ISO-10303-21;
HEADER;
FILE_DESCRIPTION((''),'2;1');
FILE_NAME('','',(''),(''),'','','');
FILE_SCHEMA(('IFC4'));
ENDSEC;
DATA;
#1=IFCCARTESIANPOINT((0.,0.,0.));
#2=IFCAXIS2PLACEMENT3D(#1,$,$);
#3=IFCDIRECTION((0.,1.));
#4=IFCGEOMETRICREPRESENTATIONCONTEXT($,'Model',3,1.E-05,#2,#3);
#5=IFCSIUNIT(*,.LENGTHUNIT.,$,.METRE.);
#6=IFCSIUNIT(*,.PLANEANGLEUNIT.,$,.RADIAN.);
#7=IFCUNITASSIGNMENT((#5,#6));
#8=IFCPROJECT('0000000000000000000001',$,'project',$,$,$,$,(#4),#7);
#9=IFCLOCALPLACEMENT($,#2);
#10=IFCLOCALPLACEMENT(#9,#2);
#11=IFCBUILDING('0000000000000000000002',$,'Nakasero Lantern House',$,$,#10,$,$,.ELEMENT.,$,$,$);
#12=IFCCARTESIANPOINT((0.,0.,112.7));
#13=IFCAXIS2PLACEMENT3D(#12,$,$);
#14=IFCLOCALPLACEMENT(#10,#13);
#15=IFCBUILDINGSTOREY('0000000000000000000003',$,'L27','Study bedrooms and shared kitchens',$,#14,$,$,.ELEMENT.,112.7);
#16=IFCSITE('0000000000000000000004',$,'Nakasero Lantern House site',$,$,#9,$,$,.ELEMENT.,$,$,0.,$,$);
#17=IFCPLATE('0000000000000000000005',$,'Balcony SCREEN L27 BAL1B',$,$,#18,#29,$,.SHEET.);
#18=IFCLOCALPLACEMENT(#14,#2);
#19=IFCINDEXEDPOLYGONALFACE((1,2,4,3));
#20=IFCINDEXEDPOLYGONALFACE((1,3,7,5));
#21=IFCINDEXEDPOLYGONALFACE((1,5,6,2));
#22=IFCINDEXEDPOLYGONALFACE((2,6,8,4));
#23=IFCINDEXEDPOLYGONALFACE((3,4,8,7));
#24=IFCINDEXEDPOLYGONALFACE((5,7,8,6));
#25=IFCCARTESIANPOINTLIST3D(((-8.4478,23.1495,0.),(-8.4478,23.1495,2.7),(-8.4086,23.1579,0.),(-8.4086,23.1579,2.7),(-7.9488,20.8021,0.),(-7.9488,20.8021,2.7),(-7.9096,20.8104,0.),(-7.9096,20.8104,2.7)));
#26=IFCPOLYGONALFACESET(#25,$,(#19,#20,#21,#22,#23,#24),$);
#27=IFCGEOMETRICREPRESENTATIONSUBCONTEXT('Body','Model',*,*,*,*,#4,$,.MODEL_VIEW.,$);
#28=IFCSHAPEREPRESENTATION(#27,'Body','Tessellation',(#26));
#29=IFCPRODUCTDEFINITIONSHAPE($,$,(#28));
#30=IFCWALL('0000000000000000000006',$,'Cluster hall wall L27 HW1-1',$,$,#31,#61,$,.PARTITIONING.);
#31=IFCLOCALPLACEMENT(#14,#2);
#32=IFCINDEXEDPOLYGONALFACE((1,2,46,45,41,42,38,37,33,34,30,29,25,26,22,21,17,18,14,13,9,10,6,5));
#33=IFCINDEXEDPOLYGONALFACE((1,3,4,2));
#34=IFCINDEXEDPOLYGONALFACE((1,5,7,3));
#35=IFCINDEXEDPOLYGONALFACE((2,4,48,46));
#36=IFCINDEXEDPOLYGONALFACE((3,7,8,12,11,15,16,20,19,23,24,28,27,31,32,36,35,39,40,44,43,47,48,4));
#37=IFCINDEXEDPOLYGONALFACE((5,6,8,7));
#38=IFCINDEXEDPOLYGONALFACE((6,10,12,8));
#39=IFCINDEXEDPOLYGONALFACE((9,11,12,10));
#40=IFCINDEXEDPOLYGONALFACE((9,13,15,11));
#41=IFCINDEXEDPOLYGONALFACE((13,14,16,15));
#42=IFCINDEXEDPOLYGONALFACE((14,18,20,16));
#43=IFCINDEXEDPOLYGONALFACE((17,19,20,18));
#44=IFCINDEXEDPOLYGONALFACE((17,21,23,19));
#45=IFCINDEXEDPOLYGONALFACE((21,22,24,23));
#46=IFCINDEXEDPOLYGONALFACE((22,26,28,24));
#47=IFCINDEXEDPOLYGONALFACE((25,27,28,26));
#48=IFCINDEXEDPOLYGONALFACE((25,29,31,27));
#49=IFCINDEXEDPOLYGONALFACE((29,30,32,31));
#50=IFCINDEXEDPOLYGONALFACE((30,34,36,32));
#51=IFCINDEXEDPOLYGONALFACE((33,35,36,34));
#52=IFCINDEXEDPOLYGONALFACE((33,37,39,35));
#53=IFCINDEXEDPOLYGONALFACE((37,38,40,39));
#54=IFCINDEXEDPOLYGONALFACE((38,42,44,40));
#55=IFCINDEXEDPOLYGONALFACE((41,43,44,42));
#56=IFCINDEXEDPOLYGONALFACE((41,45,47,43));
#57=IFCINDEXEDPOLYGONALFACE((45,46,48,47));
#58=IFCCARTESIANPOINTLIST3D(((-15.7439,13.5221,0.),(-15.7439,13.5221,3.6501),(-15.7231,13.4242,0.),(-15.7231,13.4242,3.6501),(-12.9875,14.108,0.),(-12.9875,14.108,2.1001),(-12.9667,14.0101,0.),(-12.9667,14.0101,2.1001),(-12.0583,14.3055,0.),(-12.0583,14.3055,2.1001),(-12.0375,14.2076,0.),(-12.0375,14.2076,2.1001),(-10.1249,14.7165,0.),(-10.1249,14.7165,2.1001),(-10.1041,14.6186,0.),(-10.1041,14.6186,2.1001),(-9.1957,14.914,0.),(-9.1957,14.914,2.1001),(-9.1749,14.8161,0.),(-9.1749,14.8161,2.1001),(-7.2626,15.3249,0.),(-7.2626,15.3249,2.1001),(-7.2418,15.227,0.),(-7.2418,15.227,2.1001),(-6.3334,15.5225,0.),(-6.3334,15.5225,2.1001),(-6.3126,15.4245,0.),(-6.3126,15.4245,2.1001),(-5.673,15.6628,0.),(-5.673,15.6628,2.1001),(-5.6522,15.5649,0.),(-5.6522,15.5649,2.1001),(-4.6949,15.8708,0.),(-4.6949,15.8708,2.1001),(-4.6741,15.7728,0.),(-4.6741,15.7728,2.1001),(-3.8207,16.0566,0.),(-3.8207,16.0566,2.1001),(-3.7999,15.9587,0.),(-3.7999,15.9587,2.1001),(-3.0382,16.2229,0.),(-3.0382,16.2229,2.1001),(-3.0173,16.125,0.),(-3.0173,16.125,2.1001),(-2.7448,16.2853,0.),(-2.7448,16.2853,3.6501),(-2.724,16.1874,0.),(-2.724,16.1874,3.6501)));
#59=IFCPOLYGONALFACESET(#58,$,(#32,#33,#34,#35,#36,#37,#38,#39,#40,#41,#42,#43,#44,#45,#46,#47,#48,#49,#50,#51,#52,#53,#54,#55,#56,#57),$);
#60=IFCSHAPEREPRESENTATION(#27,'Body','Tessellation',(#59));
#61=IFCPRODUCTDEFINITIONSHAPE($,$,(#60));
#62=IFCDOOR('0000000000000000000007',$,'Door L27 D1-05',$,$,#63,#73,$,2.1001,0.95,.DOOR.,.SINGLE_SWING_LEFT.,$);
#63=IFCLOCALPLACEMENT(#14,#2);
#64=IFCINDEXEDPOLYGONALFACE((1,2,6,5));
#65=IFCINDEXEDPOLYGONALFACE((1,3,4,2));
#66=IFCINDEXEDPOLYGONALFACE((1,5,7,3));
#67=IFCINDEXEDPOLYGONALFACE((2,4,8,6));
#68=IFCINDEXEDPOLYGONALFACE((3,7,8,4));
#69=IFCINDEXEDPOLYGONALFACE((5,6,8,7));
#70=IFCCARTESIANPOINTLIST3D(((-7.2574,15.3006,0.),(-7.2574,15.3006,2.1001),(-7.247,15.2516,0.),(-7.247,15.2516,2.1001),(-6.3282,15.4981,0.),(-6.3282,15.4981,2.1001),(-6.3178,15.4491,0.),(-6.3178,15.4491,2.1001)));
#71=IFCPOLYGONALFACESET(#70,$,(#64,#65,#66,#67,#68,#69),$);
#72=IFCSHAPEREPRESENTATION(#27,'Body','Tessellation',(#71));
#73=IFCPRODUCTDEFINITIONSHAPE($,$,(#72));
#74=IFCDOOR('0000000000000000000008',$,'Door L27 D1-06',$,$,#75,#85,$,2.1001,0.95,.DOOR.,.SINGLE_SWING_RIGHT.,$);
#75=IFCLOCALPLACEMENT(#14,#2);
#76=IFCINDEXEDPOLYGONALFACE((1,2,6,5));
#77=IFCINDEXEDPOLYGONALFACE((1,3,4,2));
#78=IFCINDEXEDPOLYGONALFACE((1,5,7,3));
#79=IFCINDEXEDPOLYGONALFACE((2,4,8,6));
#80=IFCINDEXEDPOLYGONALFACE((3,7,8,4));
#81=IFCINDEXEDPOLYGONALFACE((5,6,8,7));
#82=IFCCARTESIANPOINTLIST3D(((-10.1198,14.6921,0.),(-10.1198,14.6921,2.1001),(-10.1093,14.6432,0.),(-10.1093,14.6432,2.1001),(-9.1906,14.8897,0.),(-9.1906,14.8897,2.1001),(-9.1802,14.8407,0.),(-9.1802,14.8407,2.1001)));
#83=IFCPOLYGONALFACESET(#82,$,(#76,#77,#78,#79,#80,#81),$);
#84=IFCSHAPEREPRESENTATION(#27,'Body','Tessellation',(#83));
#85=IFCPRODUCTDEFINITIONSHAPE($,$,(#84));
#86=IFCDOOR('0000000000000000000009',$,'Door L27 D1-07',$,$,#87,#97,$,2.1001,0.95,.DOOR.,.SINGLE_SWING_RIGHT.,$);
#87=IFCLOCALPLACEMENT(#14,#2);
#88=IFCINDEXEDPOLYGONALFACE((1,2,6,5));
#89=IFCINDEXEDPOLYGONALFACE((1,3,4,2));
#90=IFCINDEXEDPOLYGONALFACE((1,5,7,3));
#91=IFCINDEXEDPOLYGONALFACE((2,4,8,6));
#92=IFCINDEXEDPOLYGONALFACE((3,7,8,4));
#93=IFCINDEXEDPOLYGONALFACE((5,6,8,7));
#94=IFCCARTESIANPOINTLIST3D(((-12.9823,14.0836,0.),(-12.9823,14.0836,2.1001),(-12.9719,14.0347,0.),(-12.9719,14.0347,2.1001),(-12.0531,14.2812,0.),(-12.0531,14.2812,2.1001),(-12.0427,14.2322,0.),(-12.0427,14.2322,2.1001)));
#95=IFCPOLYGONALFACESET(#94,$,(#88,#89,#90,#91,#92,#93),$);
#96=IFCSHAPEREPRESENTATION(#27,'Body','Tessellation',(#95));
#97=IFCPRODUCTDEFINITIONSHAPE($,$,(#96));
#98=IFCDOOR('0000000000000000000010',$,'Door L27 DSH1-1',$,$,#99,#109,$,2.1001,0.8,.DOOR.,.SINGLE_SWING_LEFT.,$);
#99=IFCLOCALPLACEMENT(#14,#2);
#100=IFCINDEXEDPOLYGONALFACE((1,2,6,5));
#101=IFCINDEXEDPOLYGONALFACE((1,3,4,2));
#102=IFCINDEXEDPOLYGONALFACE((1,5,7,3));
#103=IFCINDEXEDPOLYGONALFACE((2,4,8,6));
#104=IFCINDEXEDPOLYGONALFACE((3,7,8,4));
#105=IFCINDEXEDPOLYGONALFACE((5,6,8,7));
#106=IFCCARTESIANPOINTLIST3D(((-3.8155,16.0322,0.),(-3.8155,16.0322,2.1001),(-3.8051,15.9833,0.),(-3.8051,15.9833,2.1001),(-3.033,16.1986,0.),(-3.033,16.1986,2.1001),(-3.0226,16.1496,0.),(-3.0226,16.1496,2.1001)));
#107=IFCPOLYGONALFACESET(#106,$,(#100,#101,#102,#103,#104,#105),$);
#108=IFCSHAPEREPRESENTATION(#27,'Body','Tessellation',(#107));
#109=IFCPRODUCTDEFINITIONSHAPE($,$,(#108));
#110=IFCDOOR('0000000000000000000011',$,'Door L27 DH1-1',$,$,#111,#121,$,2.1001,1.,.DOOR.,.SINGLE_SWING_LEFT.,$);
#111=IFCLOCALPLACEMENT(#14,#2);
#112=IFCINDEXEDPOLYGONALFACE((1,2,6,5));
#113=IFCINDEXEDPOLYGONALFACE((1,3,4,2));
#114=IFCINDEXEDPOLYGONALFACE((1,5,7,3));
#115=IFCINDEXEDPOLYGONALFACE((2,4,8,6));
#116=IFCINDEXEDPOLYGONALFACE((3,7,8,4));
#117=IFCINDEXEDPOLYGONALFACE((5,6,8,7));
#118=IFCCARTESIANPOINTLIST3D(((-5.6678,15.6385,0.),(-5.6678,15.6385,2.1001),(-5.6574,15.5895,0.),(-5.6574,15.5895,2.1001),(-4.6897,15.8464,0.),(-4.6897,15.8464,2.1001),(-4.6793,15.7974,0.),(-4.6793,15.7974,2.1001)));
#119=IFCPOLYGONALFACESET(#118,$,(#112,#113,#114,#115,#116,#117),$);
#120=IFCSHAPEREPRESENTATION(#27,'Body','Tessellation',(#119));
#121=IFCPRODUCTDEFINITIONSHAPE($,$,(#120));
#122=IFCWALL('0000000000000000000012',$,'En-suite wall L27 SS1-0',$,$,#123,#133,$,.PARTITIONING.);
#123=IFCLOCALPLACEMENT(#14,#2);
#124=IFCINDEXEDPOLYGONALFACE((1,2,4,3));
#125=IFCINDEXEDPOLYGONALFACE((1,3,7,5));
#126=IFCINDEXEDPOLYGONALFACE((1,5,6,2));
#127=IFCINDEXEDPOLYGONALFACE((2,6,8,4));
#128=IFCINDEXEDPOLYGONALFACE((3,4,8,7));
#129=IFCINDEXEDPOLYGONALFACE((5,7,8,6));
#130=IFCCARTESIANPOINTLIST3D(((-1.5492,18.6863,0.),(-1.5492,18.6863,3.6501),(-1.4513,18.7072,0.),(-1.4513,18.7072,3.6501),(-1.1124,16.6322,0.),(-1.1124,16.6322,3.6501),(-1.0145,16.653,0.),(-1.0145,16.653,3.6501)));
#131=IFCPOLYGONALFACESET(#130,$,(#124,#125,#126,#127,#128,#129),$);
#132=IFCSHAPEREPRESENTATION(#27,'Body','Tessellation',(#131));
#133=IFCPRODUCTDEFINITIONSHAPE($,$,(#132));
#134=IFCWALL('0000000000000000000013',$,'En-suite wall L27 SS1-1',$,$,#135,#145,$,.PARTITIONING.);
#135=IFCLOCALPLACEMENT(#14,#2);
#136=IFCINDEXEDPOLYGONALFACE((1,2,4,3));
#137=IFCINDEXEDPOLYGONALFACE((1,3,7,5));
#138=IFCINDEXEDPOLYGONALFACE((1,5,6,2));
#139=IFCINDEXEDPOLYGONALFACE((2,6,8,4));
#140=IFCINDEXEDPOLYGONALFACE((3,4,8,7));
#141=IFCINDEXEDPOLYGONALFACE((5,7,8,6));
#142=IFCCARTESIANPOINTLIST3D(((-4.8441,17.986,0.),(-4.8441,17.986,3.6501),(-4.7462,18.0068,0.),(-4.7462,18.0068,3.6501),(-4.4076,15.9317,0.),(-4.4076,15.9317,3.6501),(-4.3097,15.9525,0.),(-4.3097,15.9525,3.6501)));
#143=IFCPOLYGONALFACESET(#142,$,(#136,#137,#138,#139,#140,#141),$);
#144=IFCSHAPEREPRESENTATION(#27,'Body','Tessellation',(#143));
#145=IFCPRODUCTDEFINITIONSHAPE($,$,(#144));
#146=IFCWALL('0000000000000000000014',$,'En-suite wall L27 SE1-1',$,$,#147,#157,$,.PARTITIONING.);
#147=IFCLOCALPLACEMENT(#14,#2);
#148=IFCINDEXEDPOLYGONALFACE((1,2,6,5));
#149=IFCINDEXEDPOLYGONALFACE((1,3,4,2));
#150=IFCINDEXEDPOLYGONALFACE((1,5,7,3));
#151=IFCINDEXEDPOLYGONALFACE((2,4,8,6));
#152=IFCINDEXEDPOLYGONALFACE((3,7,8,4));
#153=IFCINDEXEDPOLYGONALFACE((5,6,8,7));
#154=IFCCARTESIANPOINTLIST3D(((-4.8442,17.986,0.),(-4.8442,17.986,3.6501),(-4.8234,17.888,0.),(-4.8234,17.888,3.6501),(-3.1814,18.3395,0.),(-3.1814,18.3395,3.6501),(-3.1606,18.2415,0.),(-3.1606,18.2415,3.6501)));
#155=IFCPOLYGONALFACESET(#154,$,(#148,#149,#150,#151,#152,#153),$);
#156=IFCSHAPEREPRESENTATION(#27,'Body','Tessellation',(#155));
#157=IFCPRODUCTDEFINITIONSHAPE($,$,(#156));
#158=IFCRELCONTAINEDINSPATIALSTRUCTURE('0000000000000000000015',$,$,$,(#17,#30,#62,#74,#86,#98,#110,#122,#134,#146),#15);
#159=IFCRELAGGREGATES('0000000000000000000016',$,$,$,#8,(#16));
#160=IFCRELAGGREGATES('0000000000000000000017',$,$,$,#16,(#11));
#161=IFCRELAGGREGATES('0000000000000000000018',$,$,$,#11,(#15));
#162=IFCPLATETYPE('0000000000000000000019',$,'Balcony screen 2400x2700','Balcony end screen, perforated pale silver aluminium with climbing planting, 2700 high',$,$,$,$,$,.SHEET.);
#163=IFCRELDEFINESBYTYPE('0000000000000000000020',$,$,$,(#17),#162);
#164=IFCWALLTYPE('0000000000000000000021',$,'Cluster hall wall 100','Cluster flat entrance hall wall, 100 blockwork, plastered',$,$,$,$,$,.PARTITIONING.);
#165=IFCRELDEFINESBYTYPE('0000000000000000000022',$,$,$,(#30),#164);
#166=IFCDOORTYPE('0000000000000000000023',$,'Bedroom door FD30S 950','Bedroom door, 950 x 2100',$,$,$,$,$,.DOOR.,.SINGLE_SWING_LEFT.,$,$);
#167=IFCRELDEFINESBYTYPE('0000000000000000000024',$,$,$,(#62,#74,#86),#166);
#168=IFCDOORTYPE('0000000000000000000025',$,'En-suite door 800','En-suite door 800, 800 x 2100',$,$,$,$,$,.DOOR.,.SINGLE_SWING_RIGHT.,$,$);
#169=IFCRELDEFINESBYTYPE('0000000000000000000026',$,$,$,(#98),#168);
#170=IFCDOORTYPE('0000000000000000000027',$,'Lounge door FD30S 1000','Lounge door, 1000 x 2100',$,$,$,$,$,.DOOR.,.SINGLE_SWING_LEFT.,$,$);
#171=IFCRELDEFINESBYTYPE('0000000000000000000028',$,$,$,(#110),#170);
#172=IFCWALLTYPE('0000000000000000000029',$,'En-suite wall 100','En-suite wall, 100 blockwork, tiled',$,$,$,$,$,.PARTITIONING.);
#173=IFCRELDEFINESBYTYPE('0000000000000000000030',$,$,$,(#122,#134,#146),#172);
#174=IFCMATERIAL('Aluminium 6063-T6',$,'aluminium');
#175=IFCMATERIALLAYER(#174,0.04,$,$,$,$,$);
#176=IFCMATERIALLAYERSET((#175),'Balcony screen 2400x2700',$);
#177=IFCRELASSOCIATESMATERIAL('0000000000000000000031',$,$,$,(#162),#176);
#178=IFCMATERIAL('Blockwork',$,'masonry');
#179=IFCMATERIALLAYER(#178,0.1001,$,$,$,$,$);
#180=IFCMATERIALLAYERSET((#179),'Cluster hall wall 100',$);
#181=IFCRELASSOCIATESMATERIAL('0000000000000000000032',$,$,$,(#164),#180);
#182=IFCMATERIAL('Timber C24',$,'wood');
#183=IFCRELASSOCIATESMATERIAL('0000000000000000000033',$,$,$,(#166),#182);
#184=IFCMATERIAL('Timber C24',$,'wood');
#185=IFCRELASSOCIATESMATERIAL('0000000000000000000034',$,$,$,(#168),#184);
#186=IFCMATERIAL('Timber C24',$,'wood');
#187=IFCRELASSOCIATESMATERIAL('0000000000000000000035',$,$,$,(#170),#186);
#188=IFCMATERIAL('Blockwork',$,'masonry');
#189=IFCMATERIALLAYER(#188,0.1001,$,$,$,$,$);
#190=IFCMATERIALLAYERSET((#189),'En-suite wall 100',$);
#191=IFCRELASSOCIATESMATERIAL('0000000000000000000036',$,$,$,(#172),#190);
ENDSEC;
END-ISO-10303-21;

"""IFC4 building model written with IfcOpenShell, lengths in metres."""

from ifc_helpers import new_model, si_unit, direction, frame, frame_2d, origin, origin_2d, place, context, subcontext, project, spatial, rectangle, extrude, material, layer, layer_set, type_object, element, fill, save


model = new_model("IFC4")

# Units and contexts
model_context = context("Model", 3, precision=1e-05, world=origin(), true_north=direction((0.0, 1.0)))
body_context = subcontext(model_context, "Body", "Model", "MODEL_VIEW")
ifc_project = project(units=[si_unit("LENGTHUNIT", "METRE"), si_unit("PLANEANGLEUNIT", "RADIAN")], contexts=[model_context])

# Site, building, storey
site_placement = place(None, origin())
site = spatial("IfcSite", under=ifc_project, at=site_placement, Name="Nakasero Lantern House site", CompositionType="ELEMENT", RefElevation=0.0)
building_placement = place(site_placement, origin())
building = spatial("IfcBuilding", under=site, at=building_placement, Name="Nakasero Lantern House", CompositionType="ELEMENT")
storey_placement = place(building_placement, frame((0.0, 0.0, 112.7)))
storey = spatial("IfcBuildingStorey", under=building, at=storey_placement, Name="L27", Description="Study bedrooms and shared kitchens", CompositionType="ELEMENT", Elevation=112.7)

# Plate
ifc_material_1 = material(Name="Aluminium 6063-T6", Category="aluminium")
ifc_layer_1 = layer(ifc_material_1, 0.04)
ifc_layer_set_1 = layer_set([ifc_layer_1], Name="Balcony screen 2400x2700")
plate_type_1 = type_object("IfcPlateType", Name="Balcony screen 2400x2700", Description="Balcony end screen, perforated pale silver aluminium with climbing planting, 2700 high", PredefinedType="SHEET", material=ifc_layer_set_1)
for number, where, z_axis, x_axis, name in (
    (1, (-8.1787, 21.98, 0.0), (0.0, 0.0, 1.0), (-0.207912, 0.978148, 0.0), "Balcony SCREEN L27 BAL1B"),
):
    element("IfcPlate", number, at=place(storey_placement, frame(where, z_axis=z_axis, x_axis=x_axis)), inside=storey, type_object=plate_type_1, Name=name, PredefinedType="SHEET", context=body_context, shape_type="SweptSolid", body=[
        extrude(rectangle(XDim=2.3999, YDim=0.04, at=origin_2d()), origin(), (0.0, 0.0, 1.0), 2.7),
    ])

# Wall, openings, doors
ifc_material_2 = material(Name="Blockwork", Category="masonry")
ifc_layer_2 = layer(ifc_material_2, 0.1001)
ifc_layer_set_2 = layer_set([ifc_layer_2], Name="Cluster hall wall 100")
wall_type_1 = type_object("IfcWallType", Name="Cluster hall wall 100", Description="Cluster flat entrance hall wall, 100 blockwork, plastered", PredefinedType="PARTITIONING", material=ifc_layer_set_2)
wall_1_placement = place(storey_placement, frame((-2.7344, 16.2363, 0.0), z_axis=(0.0, 0.0, 1.0), x_axis=(-0.978145, -0.207923, 0.0)))
wall_1 = element("IfcWall", 2, at=wall_1_placement, inside=storey, type_object=wall_type_1, Name="Cluster hall wall L27 HW1-1", PredefinedType="PARTITIONING", context=body_context, shape_type="SweptSolid", body=[
    extrude(rectangle(XDim=13.2896, YDim=0.1001, at=frame_2d((6.6448, 0.0))), origin(), (0.0, 0.0, 1.0), 3.6501),
])
opening_1_placement = place(wall_1_placement, frame((1.9937, 0.0, 0.0)))
opening_1 = element("IfcOpeningElement", 3, at=opening_1_placement, cuts=wall_1, PredefinedType="OPENING", context=body_context, shape_type="SweptSolid", body=[
    extrude(rectangle(XDim=1.0, YDim=2.1001, at=frame_2d((0.5, 1.05))), frame((0.0, 0.0701, 0.0), z_axis=(0.0, -1.0, 0.0), x_axis=(1.0, 0.0, 0.0)), (0.0, 0.0, 1.0), 0.1401),
])
opening_2_placement = place(wall_1_placement, frame((0.3, 0.0, 0.0)))
opening_2 = element("IfcOpeningElement", 4, at=opening_2_placement, cuts=wall_1, PredefinedType="OPENING", context=body_context, shape_type="SweptSolid", body=[
    extrude(rectangle(XDim=0.8, YDim=2.1001, at=frame_2d((0.3999, 1.05))), frame((0.0, 0.0701, 0.0), z_axis=(0.0, -1.0, 0.0), x_axis=(1.0, 0.0, 0.0)), (0.0, 0.0, 1.0), 0.1401),
])
opening_3_placement = place(wall_1_placement, frame((3.6687, 0.0, 0.0)))
opening_3 = element("IfcOpeningElement", 5, at=opening_3_placement, cuts=wall_1, PredefinedType="OPENING", context=body_context, shape_type="SweptSolid", body=[
    extrude(rectangle(XDim=0.95, YDim=2.1001, at=frame_2d((0.4751, 1.05))), frame((0.0, 0.0701, 0.0), z_axis=(0.0, -1.0, 0.0), x_axis=(1.0, 0.0, 0.0)), (0.0, 0.0, 1.0), 0.1401),
])
opening_4_placement = place(wall_1_placement, frame((6.595, 0.0, 0.0)))
opening_4 = element("IfcOpeningElement", 6, at=opening_4_placement, cuts=wall_1, PredefinedType="OPENING", context=body_context, shape_type="SweptSolid", body=[
    extrude(rectangle(XDim=0.95, YDim=2.1001, at=frame_2d((0.4751, 1.05))), frame((0.0, 0.0701, 0.0), z_axis=(0.0, -1.0, 0.0), x_axis=(1.0, 0.0, 0.0)), (0.0, 0.0, 1.0), 0.1401),
])
opening_5_placement = place(wall_1_placement, frame((9.5215, 0.0, 0.0)))
opening_5 = element("IfcOpeningElement", 7, at=opening_5_placement, cuts=wall_1, PredefinedType="OPENING", context=body_context, shape_type="SweptSolid", body=[
    extrude(rectangle(XDim=0.95, YDim=2.1001, at=frame_2d((0.4751, 1.05))), frame((0.0, 0.0701, 0.0), z_axis=(0.0, -1.0, 0.0), x_axis=(1.0, 0.0, 0.0)), (0.0, 0.0, 1.0), 0.1401),
])
ifc_material_3 = material(Name="Timber C24", Category="wood")
door_type_1 = type_object("IfcDoorType", Name="Bedroom door FD30S 950", Description="Bedroom door, 950 x 2100", OperationType="SINGLE_SWING_LEFT", PredefinedType="DOOR", material=ifc_material_3)
door_1_placement = place(opening_3_placement, origin())
door_1 = element("IfcDoor", 8, at=door_1_placement, inside=storey, type_object=door_type_1, Name="Door L27 D1-05", OperationType="SINGLE_SWING_LEFT", OverallHeight=2.1001, OverallWidth=0.95, PredefinedType="DOOR", context=body_context, shape_type="SweptSolid", body=[
    extrude(rectangle(XDim=0.95, YDim=2.1001, at=frame_2d((0.4751, 1.05))), frame((0.0, 0.0249, 0.0), z_axis=(0.0, -1.0, 0.0), x_axis=(1.0, 0.0, 0.0)), (0.0, 0.0, 1.0), 0.05),
])
fill(opening_3, door_1)
door_2_placement = place(opening_4_placement, origin())
door_2 = element("IfcDoor", 9, at=door_2_placement, inside=storey, type_object=door_type_1, Name="Door L27 D1-06", OperationType="SINGLE_SWING_RIGHT", OverallHeight=2.1001, OverallWidth=0.95, PredefinedType="DOOR", context=body_context, shape_type="SweptSolid", body=[
    extrude(rectangle(XDim=0.95, YDim=2.1001, at=frame_2d((0.4751, 1.05))), frame((0.0, 0.0249, 0.0), z_axis=(0.0, -1.0, 0.0), x_axis=(1.0, 0.0, 0.0)), (0.0, 0.0, 1.0), 0.05),
])
fill(opening_4, door_2)
door_3_placement = place(opening_5_placement, origin())
door_3 = element("IfcDoor", 10, at=door_3_placement, inside=storey, type_object=door_type_1, Name="Door L27 D1-07", OperationType="SINGLE_SWING_RIGHT", OverallHeight=2.1001, OverallWidth=0.95, PredefinedType="DOOR", context=body_context, shape_type="SweptSolid", body=[
    extrude(rectangle(XDim=0.95, YDim=2.1001, at=frame_2d((0.4751, 1.05))), frame((0.0, 0.0249, 0.0), z_axis=(0.0, -1.0, 0.0), x_axis=(1.0, 0.0, 0.0)), (0.0, 0.0, 1.0), 0.05),
])
fill(opening_5, door_3)
ifc_material_4 = material(Name="Timber C24", Category="wood")
door_type_2 = type_object("IfcDoorType", Name="En-suite door 800", Description="En-suite door 800, 800 x 2100", OperationType="SINGLE_SWING_RIGHT", PredefinedType="DOOR", material=ifc_material_4)
door_4_placement = place(opening_2_placement, origin())
door_4 = element("IfcDoor", 11, at=door_4_placement, inside=storey, type_object=door_type_2, Name="Door L27 DSH1-1", OperationType="SINGLE_SWING_LEFT", OverallHeight=2.1001, OverallWidth=0.8, PredefinedType="DOOR", context=body_context, shape_type="SweptSolid", body=[
    extrude(rectangle(XDim=0.8, YDim=2.1001, at=frame_2d((0.3999, 1.05))), frame((0.0, 0.0249, 0.0), z_axis=(0.0, -1.0, 0.0), x_axis=(1.0, 0.0, 0.0)), (0.0, 0.0, 1.0), 0.05),
])
fill(opening_2, door_4)
ifc_material_5 = material(Name="Timber C24", Category="wood")
door_type_3 = type_object("IfcDoorType", Name="Lounge door FD30S 1000", Description="Lounge door, 1000 x 2100", OperationType="SINGLE_SWING_LEFT", PredefinedType="DOOR", material=ifc_material_5)
door_5_placement = place(opening_1_placement, origin())
door_5 = element("IfcDoor", 12, at=door_5_placement, inside=storey, type_object=door_type_3, Name="Door L27 DH1-1", OperationType="SINGLE_SWING_LEFT", OverallHeight=2.1001, OverallWidth=1.0, PredefinedType="DOOR", context=body_context, shape_type="SweptSolid", body=[
    extrude(rectangle(XDim=1.0, YDim=2.1001, at=frame_2d((0.5, 1.05))), frame((0.0, 0.0249, 0.0), z_axis=(0.0, -1.0, 0.0), x_axis=(1.0, 0.0, 0.0)), (0.0, 0.0, 1.0), 0.05),
])
fill(opening_1, door_5)

# Walls
ifc_material_6 = material(Name="Blockwork", Category="masonry")
ifc_layer_3 = layer(ifc_material_6, 0.1001)
ifc_layer_set_3 = layer_set([ifc_layer_3], Name="En-suite wall 100")
wall_type_2 = type_object("IfcWallType", Name="En-suite wall 100", Description="En-suite wall, 100 blockwork, tiled", PredefinedType="PARTITIONING", material=ifc_layer_set_3)
for number, where, z_axis, x_axis, name in (
    (13, (-1.0635, 16.6426, 0.0), (0.0, 0.0, 1.0), (-0.207973, 0.978135, 0.0), "En-suite wall L27 SS1-0"),
    (14, (-4.3586, 15.9421, 0.0), (0.0, 0.0, 1.0), (-0.207862, 0.978158, 0.0), "En-suite wall L27 SS1-1"),
):
    element("IfcWall", number, at=place(storey_placement, frame(where, z_axis=z_axis, x_axis=x_axis)), inside=storey, type_object=wall_type_2, Name=name, PredefinedType="PARTITIONING", context=body_context, shape_type="SweptSolid", body=[
        extrude(rectangle(XDim=2.1001, YDim=0.1001, at=frame_2d((1.05, 0.0))), origin(), (0.0, 0.0, 1.0), 3.6501),
    ])
wall_2_placement = place(storey_placement, frame((-3.1709, 18.2905, 0.0), z_axis=(0.0, 0.0, 1.0), x_axis=(-0.97814, -0.20795, 0.0)))
element("IfcWall", 15, at=wall_2_placement, inside=storey, type_object=wall_type_2, Name="En-suite wall L27 SE1-1", PredefinedType="PARTITIONING", context=body_context, shape_type="SweptSolid", body=[
    extrude(rectangle(XDim=1.7, YDim=0.1001, at=frame_2d((0.8501, 0.0))), origin(), (0.0, 0.0, 1.0), 3.6501),
])

save(model, "model.ifc")
